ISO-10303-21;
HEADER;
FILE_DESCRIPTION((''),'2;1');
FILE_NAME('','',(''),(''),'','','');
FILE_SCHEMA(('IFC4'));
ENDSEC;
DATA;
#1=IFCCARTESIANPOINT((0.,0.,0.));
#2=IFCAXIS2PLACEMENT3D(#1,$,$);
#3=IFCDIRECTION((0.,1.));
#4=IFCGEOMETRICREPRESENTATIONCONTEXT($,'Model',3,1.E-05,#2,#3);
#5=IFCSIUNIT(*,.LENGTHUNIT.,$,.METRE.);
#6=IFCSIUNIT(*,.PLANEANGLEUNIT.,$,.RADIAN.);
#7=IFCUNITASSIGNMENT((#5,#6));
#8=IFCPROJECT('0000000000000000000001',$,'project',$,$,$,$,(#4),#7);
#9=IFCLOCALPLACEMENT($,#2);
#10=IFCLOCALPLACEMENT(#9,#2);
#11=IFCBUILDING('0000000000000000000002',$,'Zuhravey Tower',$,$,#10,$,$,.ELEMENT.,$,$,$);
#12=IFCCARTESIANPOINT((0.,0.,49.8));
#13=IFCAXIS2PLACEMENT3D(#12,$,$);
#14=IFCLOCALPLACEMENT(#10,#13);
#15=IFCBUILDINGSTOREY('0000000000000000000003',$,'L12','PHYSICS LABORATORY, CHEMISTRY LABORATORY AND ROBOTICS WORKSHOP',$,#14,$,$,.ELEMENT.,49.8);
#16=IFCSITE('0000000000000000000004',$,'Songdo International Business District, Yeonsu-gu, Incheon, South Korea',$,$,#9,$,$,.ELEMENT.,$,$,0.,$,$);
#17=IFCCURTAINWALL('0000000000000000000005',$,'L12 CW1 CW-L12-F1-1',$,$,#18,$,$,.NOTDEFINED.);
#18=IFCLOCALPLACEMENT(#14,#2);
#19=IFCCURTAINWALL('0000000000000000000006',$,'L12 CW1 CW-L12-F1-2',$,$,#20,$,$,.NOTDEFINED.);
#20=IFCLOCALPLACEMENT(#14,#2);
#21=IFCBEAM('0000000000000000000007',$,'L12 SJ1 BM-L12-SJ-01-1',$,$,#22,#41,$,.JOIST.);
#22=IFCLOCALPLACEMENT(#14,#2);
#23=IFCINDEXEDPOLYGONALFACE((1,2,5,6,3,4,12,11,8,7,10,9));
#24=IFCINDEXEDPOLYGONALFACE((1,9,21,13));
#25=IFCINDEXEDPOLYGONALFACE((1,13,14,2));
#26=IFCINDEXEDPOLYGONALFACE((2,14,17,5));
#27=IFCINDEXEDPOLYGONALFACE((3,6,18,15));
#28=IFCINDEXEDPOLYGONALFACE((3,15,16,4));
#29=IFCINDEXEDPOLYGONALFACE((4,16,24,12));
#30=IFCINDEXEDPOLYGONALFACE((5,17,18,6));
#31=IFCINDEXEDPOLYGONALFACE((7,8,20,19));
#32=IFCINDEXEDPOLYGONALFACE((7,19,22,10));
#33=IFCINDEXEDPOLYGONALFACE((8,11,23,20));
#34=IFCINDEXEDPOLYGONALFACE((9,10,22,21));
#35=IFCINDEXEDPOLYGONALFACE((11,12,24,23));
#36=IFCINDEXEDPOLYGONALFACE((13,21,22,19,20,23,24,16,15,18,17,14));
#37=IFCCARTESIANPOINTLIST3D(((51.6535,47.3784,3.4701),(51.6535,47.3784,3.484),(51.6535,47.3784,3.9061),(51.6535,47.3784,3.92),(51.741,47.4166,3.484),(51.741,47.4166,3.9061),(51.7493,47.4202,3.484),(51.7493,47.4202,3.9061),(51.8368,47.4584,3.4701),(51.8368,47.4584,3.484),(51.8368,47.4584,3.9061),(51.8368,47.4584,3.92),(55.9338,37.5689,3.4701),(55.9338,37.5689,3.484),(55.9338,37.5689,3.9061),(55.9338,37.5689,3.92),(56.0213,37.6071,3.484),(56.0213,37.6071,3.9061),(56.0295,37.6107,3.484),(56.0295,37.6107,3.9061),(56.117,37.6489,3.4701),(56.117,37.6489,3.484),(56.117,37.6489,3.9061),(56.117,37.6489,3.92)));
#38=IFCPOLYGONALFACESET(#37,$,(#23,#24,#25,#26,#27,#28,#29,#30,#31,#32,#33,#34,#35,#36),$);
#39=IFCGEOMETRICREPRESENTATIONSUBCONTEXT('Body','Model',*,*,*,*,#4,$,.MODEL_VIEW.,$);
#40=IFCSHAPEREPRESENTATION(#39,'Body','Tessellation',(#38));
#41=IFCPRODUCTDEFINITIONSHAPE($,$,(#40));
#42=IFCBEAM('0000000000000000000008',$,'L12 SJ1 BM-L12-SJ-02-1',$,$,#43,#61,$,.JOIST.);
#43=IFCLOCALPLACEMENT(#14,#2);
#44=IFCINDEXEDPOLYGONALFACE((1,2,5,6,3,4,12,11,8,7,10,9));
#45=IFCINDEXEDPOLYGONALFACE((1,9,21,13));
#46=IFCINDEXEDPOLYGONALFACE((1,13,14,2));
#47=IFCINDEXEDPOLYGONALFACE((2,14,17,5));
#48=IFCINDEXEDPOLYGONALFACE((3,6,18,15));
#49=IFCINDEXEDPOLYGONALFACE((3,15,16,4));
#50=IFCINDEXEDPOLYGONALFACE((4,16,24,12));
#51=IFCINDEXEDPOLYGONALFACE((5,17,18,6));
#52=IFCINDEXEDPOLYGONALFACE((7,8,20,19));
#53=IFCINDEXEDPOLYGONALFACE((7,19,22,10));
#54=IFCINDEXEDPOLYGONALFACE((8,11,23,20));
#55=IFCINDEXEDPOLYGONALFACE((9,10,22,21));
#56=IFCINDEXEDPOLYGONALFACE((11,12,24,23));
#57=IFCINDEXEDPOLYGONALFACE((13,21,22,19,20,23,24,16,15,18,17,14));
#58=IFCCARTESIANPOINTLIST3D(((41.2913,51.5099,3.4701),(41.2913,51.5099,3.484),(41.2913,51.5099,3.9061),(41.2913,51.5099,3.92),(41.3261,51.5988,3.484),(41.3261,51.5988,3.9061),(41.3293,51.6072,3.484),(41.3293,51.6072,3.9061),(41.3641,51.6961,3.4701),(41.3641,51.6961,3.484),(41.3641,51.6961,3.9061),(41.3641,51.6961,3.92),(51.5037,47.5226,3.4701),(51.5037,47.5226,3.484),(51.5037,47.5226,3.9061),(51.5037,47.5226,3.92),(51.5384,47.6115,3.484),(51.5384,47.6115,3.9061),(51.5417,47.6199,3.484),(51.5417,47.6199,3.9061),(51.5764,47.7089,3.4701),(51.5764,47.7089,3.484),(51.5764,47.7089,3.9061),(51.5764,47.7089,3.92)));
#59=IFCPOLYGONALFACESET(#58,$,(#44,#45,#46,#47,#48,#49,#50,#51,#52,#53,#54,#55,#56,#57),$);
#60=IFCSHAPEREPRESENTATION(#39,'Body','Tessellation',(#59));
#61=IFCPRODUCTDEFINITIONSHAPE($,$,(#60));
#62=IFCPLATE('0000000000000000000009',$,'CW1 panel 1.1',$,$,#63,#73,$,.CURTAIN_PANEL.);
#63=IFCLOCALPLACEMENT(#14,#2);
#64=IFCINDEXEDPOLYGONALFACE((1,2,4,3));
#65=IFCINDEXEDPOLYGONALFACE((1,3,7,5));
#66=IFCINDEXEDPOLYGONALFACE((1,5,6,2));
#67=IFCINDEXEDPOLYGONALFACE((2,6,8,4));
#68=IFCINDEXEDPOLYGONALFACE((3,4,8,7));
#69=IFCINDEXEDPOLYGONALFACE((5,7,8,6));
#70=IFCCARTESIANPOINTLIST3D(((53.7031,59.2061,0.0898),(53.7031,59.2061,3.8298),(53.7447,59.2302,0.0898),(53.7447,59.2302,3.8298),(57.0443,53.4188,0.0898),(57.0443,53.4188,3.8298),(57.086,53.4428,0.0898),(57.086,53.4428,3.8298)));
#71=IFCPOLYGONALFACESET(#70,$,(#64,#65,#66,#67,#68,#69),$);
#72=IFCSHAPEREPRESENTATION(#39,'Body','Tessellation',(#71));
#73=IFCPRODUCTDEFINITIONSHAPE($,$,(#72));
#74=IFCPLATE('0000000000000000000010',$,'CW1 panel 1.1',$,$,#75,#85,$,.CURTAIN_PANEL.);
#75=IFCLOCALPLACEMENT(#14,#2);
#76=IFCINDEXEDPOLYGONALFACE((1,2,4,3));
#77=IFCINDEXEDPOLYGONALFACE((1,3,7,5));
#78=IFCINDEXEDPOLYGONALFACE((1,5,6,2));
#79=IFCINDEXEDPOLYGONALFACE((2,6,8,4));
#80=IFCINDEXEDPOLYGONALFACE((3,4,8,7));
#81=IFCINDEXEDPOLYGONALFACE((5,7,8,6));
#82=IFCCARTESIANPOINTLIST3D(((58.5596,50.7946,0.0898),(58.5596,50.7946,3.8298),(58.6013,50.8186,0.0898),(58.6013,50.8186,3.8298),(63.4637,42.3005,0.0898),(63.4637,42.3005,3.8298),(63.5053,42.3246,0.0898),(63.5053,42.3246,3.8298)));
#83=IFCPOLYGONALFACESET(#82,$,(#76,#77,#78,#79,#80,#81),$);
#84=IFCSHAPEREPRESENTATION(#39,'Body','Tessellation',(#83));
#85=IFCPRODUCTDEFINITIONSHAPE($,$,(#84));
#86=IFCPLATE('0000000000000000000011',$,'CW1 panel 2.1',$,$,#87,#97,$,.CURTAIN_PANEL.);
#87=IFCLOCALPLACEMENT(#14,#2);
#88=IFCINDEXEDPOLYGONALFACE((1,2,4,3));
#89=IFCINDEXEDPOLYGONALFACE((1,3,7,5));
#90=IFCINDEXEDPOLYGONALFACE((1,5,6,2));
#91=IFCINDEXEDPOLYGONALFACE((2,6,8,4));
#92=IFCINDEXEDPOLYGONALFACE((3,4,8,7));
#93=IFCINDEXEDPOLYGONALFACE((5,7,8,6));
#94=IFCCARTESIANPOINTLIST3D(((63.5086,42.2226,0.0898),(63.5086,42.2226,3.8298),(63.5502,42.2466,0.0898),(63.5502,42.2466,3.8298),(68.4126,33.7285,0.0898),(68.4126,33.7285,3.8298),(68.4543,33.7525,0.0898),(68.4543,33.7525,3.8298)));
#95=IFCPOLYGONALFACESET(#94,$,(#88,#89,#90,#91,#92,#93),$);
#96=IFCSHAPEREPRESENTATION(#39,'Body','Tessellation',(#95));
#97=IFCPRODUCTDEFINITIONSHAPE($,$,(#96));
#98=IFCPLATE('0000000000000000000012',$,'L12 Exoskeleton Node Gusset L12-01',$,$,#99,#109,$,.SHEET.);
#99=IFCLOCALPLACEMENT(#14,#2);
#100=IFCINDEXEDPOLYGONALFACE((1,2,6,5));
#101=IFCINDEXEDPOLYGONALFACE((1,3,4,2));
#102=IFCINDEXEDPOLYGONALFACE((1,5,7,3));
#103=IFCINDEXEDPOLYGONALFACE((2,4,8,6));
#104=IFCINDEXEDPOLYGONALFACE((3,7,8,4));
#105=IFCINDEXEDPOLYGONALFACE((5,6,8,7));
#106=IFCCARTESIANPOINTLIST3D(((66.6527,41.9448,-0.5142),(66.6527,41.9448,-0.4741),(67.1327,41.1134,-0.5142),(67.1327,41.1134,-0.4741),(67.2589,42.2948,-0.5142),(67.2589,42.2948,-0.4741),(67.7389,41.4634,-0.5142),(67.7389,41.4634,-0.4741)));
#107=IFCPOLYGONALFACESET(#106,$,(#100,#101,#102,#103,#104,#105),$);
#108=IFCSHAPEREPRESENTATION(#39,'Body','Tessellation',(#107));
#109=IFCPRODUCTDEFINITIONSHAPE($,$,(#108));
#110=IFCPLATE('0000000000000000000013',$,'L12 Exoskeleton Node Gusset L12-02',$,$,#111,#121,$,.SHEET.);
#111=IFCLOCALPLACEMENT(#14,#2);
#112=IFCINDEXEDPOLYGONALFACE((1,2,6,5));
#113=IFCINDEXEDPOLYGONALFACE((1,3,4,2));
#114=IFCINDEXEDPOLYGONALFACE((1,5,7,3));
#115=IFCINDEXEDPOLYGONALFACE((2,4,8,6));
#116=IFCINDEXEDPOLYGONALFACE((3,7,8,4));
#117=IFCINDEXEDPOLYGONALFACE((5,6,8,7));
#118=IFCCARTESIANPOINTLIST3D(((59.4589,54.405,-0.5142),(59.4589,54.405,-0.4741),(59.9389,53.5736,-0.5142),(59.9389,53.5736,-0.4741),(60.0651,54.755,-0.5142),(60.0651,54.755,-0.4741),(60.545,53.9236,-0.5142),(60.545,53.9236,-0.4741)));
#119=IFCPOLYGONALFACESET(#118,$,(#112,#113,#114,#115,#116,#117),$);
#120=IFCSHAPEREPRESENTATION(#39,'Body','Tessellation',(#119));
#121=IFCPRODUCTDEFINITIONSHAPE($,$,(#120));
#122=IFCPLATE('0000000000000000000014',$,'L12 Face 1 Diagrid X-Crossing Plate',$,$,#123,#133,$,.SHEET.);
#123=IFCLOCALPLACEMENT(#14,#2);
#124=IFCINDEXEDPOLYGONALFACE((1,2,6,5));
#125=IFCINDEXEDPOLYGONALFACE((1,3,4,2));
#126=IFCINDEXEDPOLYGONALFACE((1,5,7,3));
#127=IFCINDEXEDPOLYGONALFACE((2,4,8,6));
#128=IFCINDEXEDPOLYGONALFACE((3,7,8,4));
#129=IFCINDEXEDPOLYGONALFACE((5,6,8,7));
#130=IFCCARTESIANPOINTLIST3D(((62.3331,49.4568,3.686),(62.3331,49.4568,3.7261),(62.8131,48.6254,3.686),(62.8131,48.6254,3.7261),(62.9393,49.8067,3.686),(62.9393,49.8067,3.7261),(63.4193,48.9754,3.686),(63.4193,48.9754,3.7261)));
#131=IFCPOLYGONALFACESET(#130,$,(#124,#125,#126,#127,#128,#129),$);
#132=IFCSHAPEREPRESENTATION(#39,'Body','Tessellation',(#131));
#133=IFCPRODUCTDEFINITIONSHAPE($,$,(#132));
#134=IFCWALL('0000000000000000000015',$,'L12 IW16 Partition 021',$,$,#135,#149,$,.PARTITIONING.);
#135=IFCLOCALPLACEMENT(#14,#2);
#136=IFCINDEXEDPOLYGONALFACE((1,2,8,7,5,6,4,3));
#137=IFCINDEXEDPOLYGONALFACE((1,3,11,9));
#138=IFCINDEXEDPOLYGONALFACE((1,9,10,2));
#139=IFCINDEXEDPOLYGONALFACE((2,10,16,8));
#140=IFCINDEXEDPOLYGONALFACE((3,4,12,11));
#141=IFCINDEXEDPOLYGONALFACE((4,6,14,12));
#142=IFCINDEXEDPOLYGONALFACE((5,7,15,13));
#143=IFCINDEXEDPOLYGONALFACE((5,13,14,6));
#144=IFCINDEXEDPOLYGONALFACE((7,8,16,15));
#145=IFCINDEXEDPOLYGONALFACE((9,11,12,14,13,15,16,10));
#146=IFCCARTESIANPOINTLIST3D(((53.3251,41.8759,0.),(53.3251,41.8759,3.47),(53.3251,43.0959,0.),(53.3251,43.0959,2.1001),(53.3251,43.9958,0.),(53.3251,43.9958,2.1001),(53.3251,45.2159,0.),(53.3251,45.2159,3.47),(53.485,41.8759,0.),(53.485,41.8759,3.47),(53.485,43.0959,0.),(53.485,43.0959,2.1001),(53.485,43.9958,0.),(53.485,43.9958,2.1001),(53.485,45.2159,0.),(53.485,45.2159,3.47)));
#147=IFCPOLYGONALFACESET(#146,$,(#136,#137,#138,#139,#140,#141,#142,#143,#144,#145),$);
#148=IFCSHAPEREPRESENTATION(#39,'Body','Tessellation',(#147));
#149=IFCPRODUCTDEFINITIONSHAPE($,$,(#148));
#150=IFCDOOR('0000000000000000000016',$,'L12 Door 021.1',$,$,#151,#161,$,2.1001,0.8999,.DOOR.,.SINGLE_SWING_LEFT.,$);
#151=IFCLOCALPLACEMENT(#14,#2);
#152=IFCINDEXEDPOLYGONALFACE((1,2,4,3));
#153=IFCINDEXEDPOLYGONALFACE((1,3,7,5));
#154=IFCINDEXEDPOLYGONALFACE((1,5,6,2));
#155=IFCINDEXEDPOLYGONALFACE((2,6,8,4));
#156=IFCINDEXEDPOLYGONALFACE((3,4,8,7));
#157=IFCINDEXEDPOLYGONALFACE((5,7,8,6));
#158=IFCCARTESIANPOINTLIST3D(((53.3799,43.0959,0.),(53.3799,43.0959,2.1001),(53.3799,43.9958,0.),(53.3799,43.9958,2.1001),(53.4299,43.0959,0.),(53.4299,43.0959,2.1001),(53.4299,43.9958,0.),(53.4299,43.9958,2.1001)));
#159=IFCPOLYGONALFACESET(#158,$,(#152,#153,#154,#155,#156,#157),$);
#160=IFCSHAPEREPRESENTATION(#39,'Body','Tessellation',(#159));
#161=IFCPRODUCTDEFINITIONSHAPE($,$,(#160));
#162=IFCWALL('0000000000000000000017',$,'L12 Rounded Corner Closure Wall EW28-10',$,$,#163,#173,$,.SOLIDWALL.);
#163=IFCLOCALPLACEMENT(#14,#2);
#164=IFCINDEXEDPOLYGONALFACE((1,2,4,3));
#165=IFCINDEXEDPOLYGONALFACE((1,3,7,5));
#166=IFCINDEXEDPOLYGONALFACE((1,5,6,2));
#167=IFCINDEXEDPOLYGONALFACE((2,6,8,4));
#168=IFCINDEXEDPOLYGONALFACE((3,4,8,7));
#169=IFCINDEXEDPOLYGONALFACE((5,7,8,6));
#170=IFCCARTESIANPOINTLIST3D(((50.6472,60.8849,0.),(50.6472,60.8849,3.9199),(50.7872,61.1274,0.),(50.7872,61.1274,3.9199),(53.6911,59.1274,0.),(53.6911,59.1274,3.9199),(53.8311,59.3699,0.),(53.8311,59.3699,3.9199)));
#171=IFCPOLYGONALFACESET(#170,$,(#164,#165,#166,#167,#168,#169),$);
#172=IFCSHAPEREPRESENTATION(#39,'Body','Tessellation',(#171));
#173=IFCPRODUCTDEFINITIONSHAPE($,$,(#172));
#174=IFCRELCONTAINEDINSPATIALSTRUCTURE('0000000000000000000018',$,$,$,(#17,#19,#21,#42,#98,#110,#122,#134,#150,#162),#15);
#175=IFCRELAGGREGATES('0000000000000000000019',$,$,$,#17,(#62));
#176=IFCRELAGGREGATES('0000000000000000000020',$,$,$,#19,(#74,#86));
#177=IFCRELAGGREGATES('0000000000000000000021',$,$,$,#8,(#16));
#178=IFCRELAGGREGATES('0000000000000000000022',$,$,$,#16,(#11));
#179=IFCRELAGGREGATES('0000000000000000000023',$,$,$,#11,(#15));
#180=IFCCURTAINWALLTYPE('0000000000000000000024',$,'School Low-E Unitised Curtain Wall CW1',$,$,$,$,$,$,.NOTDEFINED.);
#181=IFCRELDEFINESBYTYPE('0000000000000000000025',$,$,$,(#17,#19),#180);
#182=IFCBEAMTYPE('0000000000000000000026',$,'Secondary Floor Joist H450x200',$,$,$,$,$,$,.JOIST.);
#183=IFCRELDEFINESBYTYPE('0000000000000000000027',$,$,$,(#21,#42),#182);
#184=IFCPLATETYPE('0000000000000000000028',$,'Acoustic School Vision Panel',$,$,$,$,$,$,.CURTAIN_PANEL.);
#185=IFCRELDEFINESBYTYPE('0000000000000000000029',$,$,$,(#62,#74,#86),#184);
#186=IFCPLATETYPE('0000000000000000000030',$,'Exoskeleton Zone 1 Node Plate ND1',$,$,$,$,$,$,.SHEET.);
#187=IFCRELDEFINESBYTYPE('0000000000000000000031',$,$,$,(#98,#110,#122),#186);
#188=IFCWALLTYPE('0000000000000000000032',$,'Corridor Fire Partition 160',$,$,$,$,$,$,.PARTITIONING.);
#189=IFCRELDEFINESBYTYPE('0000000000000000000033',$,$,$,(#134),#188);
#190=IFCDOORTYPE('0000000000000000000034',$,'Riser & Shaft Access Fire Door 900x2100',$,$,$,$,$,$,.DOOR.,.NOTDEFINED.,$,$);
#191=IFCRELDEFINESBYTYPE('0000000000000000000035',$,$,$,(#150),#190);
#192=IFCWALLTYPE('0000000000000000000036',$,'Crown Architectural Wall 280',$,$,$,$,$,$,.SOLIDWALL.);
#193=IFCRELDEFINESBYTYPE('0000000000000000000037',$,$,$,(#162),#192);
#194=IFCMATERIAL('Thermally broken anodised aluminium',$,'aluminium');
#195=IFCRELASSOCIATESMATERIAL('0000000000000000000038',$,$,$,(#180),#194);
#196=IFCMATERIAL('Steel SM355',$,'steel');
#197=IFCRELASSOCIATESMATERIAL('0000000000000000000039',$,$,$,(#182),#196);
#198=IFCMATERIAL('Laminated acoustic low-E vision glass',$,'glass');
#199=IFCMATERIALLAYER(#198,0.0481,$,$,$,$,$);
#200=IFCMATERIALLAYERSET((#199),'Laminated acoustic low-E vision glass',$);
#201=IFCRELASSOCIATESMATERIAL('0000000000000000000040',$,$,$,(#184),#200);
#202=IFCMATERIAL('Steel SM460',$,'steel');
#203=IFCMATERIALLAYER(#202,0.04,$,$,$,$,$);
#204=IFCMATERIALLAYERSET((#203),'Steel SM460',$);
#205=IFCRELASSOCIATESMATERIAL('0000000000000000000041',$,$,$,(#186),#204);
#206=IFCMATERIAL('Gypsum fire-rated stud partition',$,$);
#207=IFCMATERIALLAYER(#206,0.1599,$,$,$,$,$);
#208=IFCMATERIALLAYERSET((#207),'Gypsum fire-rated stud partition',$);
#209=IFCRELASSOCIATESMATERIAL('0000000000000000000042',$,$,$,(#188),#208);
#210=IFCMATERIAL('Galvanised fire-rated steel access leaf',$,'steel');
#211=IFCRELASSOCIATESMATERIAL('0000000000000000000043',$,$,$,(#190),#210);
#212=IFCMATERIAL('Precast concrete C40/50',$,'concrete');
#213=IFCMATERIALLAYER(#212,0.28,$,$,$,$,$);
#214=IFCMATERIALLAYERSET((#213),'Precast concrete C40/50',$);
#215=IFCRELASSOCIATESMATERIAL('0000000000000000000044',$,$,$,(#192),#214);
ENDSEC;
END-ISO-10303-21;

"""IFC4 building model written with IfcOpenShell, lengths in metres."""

from ifc_helpers import new_model, si_unit, direction, frame, frame_2d, origin, origin_2d, place, context, subcontext, project, spatial, rectangle, i_section, extrude, material, layer, layer_set, material_profile, profile_set, type_object, element, fill, aggregate, save


model = new_model("IFC4")

# Units and contexts
model_context = context("Model", 3, precision=1e-05, world=origin(), true_north=direction((0.0, 1.0)))
body_context = subcontext(model_context, "Body", "Model", "MODEL_VIEW")
ifc_project = project(units=[si_unit("LENGTHUNIT", "METRE"), si_unit("PLANEANGLEUNIT", "RADIAN")], contexts=[model_context])

# Site, building, storey
site_placement = place(None, origin())
site = spatial("IfcSite", under=ifc_project, at=site_placement, Name="Songdo International Business District, Yeonsu-gu, Incheon, South Korea", CompositionType="ELEMENT", RefElevation=0.0)
building_placement = place(site_placement, origin())
building = spatial("IfcBuilding", under=site, at=building_placement, Name="Zuhravey Tower", CompositionType="ELEMENT")
storey_placement = place(building_placement, frame((0.0, 0.0, 49.8)))
storey = spatial("IfcBuildingStorey", under=building, at=storey_placement, Name="L12", Description="PHYSICS LABORATORY, CHEMISTRY LABORATORY AND ROBOTICS WORKSHOP", CompositionType="ELEMENT", Elevation=49.8)

# Shared definitions
ifc_material_1 = material(Name="Thermally broken anodised aluminium", Category="aluminium")
curtain_wall_type = type_object("IfcCurtainWallType", Name="School Low-E Unitised Curtain Wall CW1", PredefinedType="NOTDEFINED", material=ifc_material_1)

# Curtain walls
curtain_wall_1_placement = place(storey_placement, origin())
curtain_wall_1 = element("IfcCurtainWall", 1, at=curtain_wall_1_placement, inside=storey, type_object=curtain_wall_type, Name="L12 CW1 CW-L12-F1-1", PredefinedType="NOTDEFINED")
curtain_wall_2_placement = place(storey_placement, origin())
curtain_wall_2 = element("IfcCurtainWall", 2, at=curtain_wall_2_placement, inside=storey, type_object=curtain_wall_type, Name="L12 CW1 CW-L12-F1-2", PredefinedType="NOTDEFINED")

# Shared definitions
ifc_material_2 = material(Name="Steel SM355", Category="steel")
ifc_material_3 = material(Name="Steel SM460", Category="steel")

# Beams
ifc_material_profile_1 = material_profile(ifc_material_2, i_section(OverallWidth=0.2, OverallDepth=0.45, WebThickness=0.009, FlangeThickness=0.0139, at=origin_2d()), Name="H-450x200x9x14")
ifc_profile_set_1 = profile_set([ifc_material_profile_1], Name="Steel SM355")
beam_type_1 = type_object("IfcBeamType", Name="Secondary Floor Joist H450x200", PredefinedType="JOIST", material=ifc_profile_set_1)
beam_1_placement = place(storey_placement, frame((56.0254, 37.6089, 3.6951), z_axis=(-0.399924, 0.916549, 0.0), x_axis=(-0.916549, -0.399924, 0.0)))
element("IfcBeam", 3, at=beam_1_placement, inside=storey, type_object=beam_type_1, Name="L12 SJ1 BM-L12-SJ-01-1", PredefinedType="JOIST", context=body_context, shape_type="SweptSolid", body=[
    extrude(i_section(OverallWidth=0.2, OverallDepth=0.45, WebThickness=0.009, FlangeThickness=0.0139, at=origin_2d()), origin(), (0.0, 0.0, 1.0), 10.7026),
])
beam_2_placement = place(storey_placement, frame((51.54, 47.6157, 3.6951), z_axis=(-0.931517, 0.363699, 0.0), x_axis=(-0.363699, -0.931517, 0.0)))
element("IfcBeam", 4, at=beam_2_placement, inside=storey, type_object=beam_type_1, Name="L12 SJ1 BM-L12-SJ-02-1", PredefinedType="JOIST", context=body_context, shape_type="SweptSolid", body=[
    extrude(i_section(OverallWidth=0.2, OverallDepth=0.45, WebThickness=0.009, FlangeThickness=0.0139, at=origin_2d()), origin(), (0.0, 0.0, 1.0), 10.9631),
])

# Plates
ifc_material_4 = material(Name="Laminated acoustic low-E vision glass", Category="glass")
ifc_layer_1 = layer(ifc_material_4, 0.0481)
ifc_layer_set_1 = layer_set([ifc_layer_1], Name="Laminated acoustic low-E vision glass")
plate_type_1 = type_object("IfcPlateType", Name="Acoustic School Vision Panel", PredefinedType="CURTAIN_PANEL", material=ifc_layer_set_1)
plate_1_placement = place(storey_placement, frame((55.3945, 56.3245, 0.0898), z_axis=(0.0, 0.0, 1.0), x_axis=(0.499993, -0.86603, 0.0)))
plate_1 = element("IfcPlate", 5, at=plate_1_placement, type_object=plate_type_1, Name="CW1 panel 1.1", PredefinedType="CURTAIN_PANEL", context=body_context, shape_type="SweptSolid", body=[
    extrude(rectangle(XDim=6.6826, YDim=0.0481, at=origin_2d()), origin(), (0.0, 0.0, 1.0), 3.74),
])
aggregate(curtain_wall_1, [plate_1])
plate_2_placement = place(storey_placement, frame((61.0325, 46.5596, 0.0898), z_axis=(0.0, 0.0, 1.0), x_axis=(0.500001, -0.866025, 0.0)))
plate_2 = element("IfcPlate", 6, at=plate_2_placement, type_object=plate_type_1, Name="CW1 panel 1.1", PredefinedType="CURTAIN_PANEL", context=body_context, shape_type="SweptSolid", body=[
    extrude(rectangle(XDim=9.8081, YDim=0.0481, at=origin_2d()), origin(), (0.0, 0.0, 1.0), 3.74),
])
plate_3_placement = place(storey_placement, frame((65.9814, 37.9875, 0.0898), z_axis=(0.0, 0.0, 1.0), x_axis=(0.500001, -0.866025, 0.0)))
plate_3 = element("IfcPlate", 7, at=plate_3_placement, type_object=plate_type_1, Name="CW1 panel 2.1", PredefinedType="CURTAIN_PANEL", context=body_context, shape_type="SweptSolid", body=[
    extrude(rectangle(XDim=9.8081, YDim=0.0481, at=origin_2d()), origin(), (0.0, 0.0, 1.0), 3.74),
])
aggregate(curtain_wall_2, [plate_2, plate_3])

# Plates
ifc_layer_2 = layer(ifc_material_3, 0.04)
ifc_layer_set_2 = layer_set([ifc_layer_2], Name="Steel SM460")
plate_type_2 = type_object("IfcPlateType", Name="Exoskeleton Zone 1 Node Plate ND1", PredefinedType="SHEET", material=ifc_layer_set_2)
for number, where, z_axis, x_axis, name in (
    (8, (67.1958, 41.7041, -0.5142), (0.0, 0.0, 1.0), (-0.5, 0.866025, 0.0), "L12 Exoskeleton Node Gusset L12-01"),
    (9, (60.002, 54.1643, -0.5142), (0.0, 0.0, 1.0), (-0.5, 0.866025, 0.0), "L12 Exoskeleton Node Gusset L12-02"),
    (10, (62.8762, 49.2161, 3.686), (0.0, 0.0, 1.0), (-0.5, 0.866025, 0.0), "L12 Face 1 Diagrid X-Crossing Plate"),
):
    element("IfcPlate", number, at=place(storey_placement, frame(where, z_axis=z_axis, x_axis=x_axis)), inside=storey, type_object=plate_type_2, Name=name, PredefinedType="SHEET", context=body_context, shape_type="SweptSolid", body=[
        extrude(rectangle(XDim=0.96, YDim=0.7, at=origin_2d()), origin(), (0.0, 0.0, 1.0), 0.04),
    ])

# Wall, opening, door
ifc_material_5 = material(Name="Gypsum fire-rated stud partition")
ifc_layer_3 = layer(ifc_material_5, 0.1599)
ifc_layer_set_3 = layer_set([ifc_layer_3], Name="Gypsum fire-rated stud partition")
wall_type_1 = type_object("IfcWallType", Name="Corridor Fire Partition 160", PredefinedType="PARTITIONING", material=ifc_layer_set_3)
wall_1_placement = place(storey_placement, frame((53.405, 45.2158, 0.0), z_axis=(0.0, 0.0, 1.0), x_axis=(0.0, -1.0, 0.0)))
wall_1 = element("IfcWall", 11, at=wall_1_placement, inside=storey, type_object=wall_type_1, Name="L12 IW16 Partition 021", PredefinedType="PARTITIONING", context=body_context, shape_type="SweptSolid", body=[
    extrude(rectangle(XDim=3.3401, YDim=0.1599, at=frame_2d((1.6699, 0.0))), origin(), (0.0, 0.0, 1.0), 3.47),
])
opening_1_placement = place(wall_1_placement, frame((1.22, 0.0, 0.0)))
opening_1 = element("IfcOpeningElement", 12, at=opening_1_placement, cuts=wall_1, PredefinedType="OPENING", context=body_context, shape_type="SweptSolid", body=[
    extrude(rectangle(XDim=0.8999, YDim=2.1001, at=frame_2d((0.45, 1.05))), frame((0.0, 0.092, 0.0), z_axis=(0.0, -1.0, 0.0), x_axis=(1.0, 0.0, 0.0)), (0.0, 0.0, 1.0), 0.1838),
])
ifc_material_6 = material(Name="Galvanised fire-rated steel access leaf", Category="steel")
door_type = type_object("IfcDoorType", Name="Riser & Shaft Access Fire Door 900x2100", OperationType="NOTDEFINED", PredefinedType="DOOR", material=ifc_material_6)
door_placement = place(opening_1_placement, origin())
door = element("IfcDoor", 13, at=door_placement, inside=storey, type_object=door_type, Name="L12 Door 021.1", OperationType="SINGLE_SWING_LEFT", OverallHeight=2.1001, OverallWidth=0.8999, PredefinedType="DOOR", context=body_context, shape_type="SweptSolid", body=[
    extrude(rectangle(XDim=0.8999, YDim=2.1001, at=frame_2d((0.45, 1.05))), frame((0.0, 0.0249, 0.0), z_axis=(0.0, -1.0, 0.0), x_axis=(1.0, 0.0, 0.0)), (0.0, 0.0, 1.0), 0.05),
])
fill(opening_1, door)

# Wall
ifc_material_7 = material(Name="Precast concrete C40/50", Category="concrete")
ifc_layer_4 = layer(ifc_material_7, 0.28)
ifc_layer_set_4 = layer_set([ifc_layer_4], Name="Precast concrete C40/50")
wall_type_2 = type_object("IfcWallType", Name="Crown Architectural Wall 280", PredefinedType="SOLIDWALL", material=ifc_layer_set_4)
wall_2_placement = place(storey_placement, frame((50.7173, 61.0061, 0.0), z_axis=(0.0, 0.0, 1.0), x_axis=(0.866007, -0.500031, 0.0)))
element("IfcWall", 14, at=wall_2_placement, inside=storey, type_object=wall_type_2, Name="L12 Rounded Corner Closure Wall EW28-10", PredefinedType="SOLIDWALL", context=body_context, shape_type="SweptSolid", body=[
    extrude(rectangle(XDim=3.5149, YDim=0.28, at=frame_2d((1.7573, 0.0))), origin(), (0.0, 0.0, 1.0), 3.9199),
])

save(model, "model.ifc")
